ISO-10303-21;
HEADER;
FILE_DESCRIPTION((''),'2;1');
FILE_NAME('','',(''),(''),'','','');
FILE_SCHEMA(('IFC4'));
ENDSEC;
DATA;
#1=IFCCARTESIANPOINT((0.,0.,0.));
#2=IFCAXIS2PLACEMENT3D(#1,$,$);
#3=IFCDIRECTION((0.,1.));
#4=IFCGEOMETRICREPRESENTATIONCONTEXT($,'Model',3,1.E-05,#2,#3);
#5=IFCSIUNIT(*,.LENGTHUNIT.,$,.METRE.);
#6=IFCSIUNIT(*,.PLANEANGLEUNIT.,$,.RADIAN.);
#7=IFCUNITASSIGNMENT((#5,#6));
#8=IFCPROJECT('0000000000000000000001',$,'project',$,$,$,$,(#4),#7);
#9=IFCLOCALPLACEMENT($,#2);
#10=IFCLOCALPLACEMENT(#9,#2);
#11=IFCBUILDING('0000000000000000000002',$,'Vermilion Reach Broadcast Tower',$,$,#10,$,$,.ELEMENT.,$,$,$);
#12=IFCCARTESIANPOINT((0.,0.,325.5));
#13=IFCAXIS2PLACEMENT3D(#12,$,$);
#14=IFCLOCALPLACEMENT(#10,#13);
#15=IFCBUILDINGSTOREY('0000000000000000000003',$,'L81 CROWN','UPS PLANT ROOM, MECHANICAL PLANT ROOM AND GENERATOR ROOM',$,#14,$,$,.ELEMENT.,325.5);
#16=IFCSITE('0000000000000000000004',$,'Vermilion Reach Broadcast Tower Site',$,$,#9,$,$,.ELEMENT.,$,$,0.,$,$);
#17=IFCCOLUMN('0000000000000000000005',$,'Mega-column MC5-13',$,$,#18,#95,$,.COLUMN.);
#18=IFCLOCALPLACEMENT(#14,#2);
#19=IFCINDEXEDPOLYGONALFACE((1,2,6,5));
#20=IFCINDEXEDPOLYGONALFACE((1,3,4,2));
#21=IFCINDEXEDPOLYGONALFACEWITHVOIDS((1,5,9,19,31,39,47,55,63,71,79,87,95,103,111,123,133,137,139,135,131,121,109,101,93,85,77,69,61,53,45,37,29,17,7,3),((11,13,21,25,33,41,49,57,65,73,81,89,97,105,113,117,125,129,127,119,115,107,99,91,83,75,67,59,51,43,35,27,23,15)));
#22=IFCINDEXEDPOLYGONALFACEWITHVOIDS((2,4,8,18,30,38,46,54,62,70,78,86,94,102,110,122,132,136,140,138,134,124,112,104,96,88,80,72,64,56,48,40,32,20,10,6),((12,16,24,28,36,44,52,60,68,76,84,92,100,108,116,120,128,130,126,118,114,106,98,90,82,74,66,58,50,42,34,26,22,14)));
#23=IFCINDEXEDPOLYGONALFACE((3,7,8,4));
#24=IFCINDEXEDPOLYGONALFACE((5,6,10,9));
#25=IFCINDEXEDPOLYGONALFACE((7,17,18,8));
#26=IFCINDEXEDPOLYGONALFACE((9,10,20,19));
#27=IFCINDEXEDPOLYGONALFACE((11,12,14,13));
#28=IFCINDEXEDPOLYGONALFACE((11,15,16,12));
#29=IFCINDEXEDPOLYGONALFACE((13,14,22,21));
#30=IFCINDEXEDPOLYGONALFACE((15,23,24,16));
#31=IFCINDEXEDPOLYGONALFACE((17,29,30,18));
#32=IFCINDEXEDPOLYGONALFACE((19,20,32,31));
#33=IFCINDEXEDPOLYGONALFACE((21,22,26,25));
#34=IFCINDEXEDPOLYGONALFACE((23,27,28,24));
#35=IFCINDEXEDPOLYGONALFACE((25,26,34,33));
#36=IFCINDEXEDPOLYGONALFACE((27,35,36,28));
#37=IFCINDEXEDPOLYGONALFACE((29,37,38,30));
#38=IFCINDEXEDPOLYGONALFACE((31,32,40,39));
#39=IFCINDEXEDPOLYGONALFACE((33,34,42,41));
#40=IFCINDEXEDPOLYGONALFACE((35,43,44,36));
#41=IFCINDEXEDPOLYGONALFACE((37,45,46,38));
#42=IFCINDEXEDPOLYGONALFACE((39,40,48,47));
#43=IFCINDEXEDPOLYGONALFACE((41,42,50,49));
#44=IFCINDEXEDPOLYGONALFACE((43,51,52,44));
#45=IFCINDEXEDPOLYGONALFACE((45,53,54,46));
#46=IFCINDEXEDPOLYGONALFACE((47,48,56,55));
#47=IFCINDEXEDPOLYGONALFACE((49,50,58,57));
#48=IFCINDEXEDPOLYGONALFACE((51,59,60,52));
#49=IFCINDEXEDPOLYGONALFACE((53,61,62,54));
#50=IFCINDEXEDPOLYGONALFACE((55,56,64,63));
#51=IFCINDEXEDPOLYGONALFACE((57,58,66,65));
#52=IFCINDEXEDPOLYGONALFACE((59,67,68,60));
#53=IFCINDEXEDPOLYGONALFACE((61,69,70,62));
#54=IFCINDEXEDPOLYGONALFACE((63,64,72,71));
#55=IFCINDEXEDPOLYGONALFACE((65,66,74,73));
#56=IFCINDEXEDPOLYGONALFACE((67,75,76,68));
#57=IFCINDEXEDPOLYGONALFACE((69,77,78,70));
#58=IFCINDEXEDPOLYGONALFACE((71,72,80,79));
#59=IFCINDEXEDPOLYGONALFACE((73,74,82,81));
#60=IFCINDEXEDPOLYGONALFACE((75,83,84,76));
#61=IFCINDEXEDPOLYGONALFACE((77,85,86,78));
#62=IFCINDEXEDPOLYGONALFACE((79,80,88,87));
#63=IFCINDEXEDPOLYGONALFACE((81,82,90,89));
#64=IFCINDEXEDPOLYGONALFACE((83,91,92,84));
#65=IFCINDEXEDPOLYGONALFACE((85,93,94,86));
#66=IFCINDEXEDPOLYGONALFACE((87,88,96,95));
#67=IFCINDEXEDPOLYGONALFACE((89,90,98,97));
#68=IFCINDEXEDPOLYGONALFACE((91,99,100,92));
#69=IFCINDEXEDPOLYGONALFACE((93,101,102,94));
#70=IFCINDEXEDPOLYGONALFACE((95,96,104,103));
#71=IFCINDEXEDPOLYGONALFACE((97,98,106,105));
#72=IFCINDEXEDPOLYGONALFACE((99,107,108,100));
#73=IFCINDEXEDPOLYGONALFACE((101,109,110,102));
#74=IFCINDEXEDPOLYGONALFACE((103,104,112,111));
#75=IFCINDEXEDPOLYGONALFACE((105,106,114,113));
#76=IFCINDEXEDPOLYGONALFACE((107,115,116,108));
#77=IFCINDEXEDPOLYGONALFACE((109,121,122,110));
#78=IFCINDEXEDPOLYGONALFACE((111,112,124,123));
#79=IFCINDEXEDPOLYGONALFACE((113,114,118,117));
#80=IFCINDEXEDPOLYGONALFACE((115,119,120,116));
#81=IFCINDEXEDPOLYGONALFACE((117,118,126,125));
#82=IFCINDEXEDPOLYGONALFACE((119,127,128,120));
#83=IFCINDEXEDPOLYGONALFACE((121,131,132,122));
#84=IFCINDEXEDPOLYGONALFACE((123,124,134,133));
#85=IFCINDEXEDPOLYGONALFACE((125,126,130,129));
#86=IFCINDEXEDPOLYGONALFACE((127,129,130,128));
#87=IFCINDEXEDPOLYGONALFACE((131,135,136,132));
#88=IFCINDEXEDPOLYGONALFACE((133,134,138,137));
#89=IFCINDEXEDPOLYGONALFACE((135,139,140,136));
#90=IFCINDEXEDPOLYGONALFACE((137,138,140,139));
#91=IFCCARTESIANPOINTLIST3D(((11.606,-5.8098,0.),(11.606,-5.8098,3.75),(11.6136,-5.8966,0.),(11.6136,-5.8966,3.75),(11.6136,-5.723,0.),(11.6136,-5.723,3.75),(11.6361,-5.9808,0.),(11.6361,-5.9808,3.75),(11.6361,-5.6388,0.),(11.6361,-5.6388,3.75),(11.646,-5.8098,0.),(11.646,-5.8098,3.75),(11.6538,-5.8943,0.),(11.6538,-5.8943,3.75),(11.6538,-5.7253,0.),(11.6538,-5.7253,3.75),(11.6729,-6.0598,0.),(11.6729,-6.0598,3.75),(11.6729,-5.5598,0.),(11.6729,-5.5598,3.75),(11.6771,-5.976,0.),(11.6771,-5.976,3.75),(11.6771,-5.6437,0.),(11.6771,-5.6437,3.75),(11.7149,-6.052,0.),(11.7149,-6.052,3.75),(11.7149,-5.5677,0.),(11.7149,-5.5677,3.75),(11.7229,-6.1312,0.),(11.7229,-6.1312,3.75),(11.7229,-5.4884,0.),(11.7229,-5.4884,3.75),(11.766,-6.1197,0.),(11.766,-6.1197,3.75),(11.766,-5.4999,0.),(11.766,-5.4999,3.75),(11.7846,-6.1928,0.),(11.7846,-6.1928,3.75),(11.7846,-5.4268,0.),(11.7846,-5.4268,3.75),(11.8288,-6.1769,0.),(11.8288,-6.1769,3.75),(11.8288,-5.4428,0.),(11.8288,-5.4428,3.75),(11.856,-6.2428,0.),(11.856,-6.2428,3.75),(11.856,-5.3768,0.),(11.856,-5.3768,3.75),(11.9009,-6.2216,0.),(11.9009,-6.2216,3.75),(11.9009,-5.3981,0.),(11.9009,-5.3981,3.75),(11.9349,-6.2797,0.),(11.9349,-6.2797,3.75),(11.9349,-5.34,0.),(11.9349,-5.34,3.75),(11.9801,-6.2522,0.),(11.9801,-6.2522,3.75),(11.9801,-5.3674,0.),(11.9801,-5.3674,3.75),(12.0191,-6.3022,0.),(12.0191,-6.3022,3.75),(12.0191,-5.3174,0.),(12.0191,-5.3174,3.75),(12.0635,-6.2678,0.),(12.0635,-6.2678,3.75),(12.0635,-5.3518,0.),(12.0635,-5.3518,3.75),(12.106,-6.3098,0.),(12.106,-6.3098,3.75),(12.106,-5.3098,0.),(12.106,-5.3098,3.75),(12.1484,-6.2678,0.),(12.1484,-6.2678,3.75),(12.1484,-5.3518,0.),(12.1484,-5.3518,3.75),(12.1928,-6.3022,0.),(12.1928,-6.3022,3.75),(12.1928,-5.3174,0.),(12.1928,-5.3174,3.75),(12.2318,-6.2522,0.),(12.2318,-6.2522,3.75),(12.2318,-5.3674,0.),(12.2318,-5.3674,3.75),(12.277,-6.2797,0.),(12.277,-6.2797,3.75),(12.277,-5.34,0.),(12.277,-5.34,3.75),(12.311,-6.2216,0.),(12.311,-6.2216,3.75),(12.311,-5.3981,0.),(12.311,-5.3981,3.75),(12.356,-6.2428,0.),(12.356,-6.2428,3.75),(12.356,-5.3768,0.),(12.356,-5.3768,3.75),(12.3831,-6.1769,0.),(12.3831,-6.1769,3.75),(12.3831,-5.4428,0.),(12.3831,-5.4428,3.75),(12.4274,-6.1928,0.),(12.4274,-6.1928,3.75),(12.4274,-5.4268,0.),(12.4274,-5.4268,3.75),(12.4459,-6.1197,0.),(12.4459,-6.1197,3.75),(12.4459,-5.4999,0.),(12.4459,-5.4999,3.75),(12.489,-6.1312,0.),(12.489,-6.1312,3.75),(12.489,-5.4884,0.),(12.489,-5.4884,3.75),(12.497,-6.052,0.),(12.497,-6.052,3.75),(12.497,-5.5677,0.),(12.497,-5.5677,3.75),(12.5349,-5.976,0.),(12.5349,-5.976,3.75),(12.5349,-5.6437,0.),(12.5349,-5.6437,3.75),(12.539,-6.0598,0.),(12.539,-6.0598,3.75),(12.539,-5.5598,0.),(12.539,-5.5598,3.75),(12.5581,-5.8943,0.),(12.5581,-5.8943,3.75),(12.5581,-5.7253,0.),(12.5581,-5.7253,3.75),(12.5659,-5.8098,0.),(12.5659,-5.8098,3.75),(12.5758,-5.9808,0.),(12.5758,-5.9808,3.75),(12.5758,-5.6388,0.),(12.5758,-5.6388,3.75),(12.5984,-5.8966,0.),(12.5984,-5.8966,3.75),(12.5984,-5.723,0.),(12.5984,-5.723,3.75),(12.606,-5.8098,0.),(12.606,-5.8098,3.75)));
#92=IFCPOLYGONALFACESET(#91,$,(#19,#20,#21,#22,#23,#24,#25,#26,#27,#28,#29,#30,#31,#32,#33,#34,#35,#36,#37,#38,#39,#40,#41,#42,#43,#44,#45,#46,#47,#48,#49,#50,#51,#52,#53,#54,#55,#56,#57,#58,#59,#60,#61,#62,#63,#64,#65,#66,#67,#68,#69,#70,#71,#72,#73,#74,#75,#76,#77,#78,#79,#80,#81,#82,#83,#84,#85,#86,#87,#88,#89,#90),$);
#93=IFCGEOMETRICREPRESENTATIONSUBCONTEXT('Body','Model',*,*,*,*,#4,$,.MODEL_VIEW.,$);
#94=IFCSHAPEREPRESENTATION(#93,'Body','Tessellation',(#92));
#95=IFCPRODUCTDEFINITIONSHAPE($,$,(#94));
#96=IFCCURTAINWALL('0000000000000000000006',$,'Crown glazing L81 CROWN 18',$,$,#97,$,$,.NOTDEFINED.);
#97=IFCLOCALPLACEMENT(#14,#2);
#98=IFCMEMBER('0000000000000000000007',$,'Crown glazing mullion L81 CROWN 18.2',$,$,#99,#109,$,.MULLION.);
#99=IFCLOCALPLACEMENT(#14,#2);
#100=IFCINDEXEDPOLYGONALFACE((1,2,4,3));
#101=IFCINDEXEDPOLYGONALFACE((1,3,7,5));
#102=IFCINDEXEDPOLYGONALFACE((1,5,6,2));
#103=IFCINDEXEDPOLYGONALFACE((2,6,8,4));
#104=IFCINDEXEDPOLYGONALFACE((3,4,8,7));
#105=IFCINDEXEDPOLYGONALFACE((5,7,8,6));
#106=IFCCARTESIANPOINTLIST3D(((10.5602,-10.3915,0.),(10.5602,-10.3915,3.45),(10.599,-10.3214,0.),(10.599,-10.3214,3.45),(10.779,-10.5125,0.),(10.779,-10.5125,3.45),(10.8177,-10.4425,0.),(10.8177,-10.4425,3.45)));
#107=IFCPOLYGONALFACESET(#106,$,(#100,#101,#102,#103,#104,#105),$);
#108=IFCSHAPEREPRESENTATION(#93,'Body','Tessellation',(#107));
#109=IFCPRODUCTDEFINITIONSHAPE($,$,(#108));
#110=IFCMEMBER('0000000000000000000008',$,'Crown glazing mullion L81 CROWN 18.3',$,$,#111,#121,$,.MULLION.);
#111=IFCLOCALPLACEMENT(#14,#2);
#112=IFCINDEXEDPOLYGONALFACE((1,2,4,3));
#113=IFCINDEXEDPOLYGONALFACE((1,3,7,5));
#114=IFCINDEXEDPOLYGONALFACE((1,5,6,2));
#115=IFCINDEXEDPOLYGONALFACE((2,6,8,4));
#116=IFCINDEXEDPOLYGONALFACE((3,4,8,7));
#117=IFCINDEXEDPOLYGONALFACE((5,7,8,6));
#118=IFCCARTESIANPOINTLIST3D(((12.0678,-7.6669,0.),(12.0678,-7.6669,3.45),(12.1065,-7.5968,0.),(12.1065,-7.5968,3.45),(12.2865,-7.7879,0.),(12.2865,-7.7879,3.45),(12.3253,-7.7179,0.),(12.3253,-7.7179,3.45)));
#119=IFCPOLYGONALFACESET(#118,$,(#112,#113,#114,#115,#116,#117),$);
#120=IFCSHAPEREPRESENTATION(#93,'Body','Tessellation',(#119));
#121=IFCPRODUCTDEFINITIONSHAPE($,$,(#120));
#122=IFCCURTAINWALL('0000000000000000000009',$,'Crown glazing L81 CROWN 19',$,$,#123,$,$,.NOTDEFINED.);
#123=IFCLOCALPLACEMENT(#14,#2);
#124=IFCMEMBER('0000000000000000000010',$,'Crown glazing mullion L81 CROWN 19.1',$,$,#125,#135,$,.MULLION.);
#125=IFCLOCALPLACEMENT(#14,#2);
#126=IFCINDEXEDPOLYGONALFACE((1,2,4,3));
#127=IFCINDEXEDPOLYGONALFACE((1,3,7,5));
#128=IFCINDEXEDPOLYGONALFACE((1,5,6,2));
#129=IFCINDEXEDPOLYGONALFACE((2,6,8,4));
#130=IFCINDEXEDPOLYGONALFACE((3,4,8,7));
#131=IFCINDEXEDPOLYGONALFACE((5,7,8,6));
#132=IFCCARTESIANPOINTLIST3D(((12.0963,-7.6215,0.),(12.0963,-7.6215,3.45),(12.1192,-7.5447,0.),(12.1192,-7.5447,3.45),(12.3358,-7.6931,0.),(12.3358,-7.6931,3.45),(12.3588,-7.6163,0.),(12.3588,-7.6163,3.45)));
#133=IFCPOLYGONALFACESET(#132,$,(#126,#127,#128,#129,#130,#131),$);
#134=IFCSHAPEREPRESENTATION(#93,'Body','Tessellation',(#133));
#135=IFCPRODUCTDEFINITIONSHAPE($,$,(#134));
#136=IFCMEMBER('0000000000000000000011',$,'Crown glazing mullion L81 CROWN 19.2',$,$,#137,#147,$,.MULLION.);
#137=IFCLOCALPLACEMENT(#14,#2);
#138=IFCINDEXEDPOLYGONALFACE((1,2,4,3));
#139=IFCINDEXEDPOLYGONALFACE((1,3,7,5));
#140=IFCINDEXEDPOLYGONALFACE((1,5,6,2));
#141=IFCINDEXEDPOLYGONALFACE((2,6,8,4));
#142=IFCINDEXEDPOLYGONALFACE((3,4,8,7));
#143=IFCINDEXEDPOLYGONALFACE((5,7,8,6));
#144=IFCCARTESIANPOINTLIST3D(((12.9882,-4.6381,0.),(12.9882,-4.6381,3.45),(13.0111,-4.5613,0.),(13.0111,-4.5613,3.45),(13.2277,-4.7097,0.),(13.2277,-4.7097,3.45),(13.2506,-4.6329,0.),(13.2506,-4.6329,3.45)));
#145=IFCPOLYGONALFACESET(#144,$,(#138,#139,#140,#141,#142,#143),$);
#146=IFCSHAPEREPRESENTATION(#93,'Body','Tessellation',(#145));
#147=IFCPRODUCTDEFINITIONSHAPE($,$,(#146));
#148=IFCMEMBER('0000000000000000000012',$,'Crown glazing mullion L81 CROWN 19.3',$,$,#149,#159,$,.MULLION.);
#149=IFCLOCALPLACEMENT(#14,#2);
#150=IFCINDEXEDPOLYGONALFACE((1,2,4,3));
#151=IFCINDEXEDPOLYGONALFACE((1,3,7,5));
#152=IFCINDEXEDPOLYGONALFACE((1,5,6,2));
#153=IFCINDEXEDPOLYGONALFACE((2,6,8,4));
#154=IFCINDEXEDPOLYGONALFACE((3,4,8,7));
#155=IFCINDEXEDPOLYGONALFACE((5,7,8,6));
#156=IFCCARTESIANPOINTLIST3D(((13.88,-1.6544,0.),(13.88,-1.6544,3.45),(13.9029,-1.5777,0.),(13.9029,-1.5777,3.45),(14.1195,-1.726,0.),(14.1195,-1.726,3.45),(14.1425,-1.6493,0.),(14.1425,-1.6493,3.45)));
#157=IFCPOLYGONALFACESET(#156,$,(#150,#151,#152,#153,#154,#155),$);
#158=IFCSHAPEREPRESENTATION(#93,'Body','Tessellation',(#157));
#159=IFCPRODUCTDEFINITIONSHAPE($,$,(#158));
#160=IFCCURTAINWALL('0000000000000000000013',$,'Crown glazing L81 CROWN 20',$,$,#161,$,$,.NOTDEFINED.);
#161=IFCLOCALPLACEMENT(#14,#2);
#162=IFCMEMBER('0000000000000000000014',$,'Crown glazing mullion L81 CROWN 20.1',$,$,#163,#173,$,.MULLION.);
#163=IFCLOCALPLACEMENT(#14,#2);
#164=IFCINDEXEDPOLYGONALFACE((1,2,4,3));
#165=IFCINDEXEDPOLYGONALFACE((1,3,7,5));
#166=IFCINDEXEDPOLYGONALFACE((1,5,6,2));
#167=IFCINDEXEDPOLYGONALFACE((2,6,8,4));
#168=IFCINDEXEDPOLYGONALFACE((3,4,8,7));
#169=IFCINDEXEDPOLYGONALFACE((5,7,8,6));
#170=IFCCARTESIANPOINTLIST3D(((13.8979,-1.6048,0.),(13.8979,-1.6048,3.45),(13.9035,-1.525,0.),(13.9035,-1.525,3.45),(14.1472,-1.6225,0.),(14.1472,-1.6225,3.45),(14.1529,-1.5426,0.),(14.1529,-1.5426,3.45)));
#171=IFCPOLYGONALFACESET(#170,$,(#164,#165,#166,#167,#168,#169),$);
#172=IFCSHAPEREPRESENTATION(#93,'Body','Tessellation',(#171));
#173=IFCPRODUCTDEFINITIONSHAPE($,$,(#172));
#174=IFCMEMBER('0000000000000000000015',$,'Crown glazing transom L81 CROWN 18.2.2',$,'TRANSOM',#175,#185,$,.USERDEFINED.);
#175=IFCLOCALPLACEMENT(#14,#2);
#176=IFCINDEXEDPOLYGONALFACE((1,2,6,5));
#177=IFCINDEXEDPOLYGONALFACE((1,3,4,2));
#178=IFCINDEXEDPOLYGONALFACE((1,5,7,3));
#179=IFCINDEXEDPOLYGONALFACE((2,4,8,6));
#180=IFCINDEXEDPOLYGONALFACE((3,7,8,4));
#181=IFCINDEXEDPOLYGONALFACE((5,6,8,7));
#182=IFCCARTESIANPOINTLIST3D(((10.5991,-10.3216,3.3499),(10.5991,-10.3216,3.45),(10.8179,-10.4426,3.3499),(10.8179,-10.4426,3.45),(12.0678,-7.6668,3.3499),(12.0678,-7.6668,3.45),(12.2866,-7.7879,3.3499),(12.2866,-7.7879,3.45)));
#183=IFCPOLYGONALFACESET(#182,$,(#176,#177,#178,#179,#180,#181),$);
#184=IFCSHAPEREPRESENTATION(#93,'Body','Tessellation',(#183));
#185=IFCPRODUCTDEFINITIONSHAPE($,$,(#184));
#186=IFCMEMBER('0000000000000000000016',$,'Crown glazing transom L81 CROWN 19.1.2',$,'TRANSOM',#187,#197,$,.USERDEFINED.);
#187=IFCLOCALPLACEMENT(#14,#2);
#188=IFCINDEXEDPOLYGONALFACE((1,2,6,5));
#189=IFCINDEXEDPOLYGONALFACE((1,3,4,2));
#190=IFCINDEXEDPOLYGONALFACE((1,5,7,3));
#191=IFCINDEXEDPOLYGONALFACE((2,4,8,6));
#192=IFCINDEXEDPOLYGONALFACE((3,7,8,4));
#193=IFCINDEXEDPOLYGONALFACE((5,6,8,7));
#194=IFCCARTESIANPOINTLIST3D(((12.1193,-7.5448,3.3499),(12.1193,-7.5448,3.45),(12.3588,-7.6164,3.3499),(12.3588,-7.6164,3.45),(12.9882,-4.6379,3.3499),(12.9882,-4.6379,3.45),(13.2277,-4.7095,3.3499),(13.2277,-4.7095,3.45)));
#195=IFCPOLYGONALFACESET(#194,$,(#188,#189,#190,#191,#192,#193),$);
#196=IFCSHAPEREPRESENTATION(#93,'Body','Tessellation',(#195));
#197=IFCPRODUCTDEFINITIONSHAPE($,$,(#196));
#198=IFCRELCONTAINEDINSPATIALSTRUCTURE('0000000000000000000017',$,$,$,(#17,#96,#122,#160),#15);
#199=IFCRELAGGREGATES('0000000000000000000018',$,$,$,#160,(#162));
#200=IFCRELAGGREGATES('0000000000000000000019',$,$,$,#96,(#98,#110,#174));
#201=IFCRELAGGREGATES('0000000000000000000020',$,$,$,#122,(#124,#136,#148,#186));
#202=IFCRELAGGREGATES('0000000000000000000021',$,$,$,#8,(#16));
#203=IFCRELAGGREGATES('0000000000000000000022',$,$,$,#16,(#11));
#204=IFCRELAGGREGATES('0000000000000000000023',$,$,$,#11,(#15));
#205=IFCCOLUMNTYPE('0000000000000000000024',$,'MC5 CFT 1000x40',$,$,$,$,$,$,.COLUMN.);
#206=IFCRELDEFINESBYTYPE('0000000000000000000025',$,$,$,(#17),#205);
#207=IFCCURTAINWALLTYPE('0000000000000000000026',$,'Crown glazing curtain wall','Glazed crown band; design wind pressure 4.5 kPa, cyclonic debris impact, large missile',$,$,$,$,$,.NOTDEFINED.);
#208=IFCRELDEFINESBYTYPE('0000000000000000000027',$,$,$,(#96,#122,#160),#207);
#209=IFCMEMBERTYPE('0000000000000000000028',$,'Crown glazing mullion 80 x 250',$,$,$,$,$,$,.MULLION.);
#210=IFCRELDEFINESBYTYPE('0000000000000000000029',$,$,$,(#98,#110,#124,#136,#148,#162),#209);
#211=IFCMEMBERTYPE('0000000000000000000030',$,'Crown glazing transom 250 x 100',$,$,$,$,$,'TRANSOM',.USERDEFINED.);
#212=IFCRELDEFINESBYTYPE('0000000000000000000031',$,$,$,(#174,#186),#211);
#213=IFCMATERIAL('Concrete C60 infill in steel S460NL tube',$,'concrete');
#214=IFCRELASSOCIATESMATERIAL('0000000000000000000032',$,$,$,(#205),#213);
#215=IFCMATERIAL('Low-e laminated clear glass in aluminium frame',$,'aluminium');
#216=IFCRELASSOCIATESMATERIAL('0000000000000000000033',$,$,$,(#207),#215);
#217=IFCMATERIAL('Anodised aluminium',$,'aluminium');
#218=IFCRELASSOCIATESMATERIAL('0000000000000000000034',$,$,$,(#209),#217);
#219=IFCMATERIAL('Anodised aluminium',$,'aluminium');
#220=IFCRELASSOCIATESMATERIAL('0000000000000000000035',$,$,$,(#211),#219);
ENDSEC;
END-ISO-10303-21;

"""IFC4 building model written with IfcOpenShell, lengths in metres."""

from ifc_helpers import new_model, si_unit, direction, frame, origin, origin_2d, place, context, subcontext, project, spatial, rectangle, hollow_circle, extrude, material, material_profile, profile_set, type_object, element, aggregate, save


model = new_model("IFC4")

# Units and contexts
model_context = context("Model", 3, precision=1e-05, world=origin(), true_north=direction((0.0, 1.0)))
body_context = subcontext(model_context, "Body", "Model", "MODEL_VIEW")
ifc_project = project(units=[si_unit("LENGTHUNIT", "METRE"), si_unit("PLANEANGLEUNIT", "RADIAN")], contexts=[model_context])

# Site, building, storey
site_placement = place(None, origin())
site = spatial("IfcSite", under=ifc_project, at=site_placement, Name="Vermilion Reach Broadcast Tower Site", CompositionType="ELEMENT", RefElevation=0.0)
building_placement = place(site_placement, origin())
building = spatial("IfcBuilding", under=site, at=building_placement, Name="Vermilion Reach Broadcast Tower", CompositionType="ELEMENT")
storey_placement = place(building_placement, frame((0.0, 0.0, 325.5)))
storey = spatial("IfcBuildingStorey", under=building, at=storey_placement, Name="L81 CROWN", Description="UPS PLANT ROOM, MECHANICAL PLANT ROOM AND GENERATOR ROOM", CompositionType="ELEMENT", Elevation=325.5)

# Column
ifc_material_1 = material(Name="Concrete C60 infill in steel S460NL tube", Category="concrete")
ifc_material_profile_1 = material_profile(ifc_material_1, hollow_circle(Radius=0.5, WallThickness=0.04, at=origin_2d()), Name="Concrete C60 infill in steel S460NL tube CFT 1000x40")
ifc_profile_set_1 = profile_set([ifc_material_profile_1], Name="Concrete C60 infill in steel S460NL tube")
column_type = type_object("IfcColumnType", Name="MC5 CFT 1000x40", PredefinedType="COLUMN", material=ifc_profile_set_1)
column_placement = place(storey_placement, frame((12.106, -5.8098, 0.0), z_axis=(0.0, 0.0, 1.0), x_axis=(1.0, 0.0, 0.0)))
element("IfcColumn", 1, at=column_placement, inside=storey, type_object=column_type, Name="Mega-column MC5-13", PredefinedType="COLUMN", context=body_context, shape_type="SweptSolid", body=[
    extrude(hollow_circle(Radius=0.5, WallThickness=0.04, at=origin_2d()), origin(), (0.0, 0.0, 1.0), 3.75),
])

# Curtain walls, members
ifc_material_2 = material(Name="Low-e laminated clear glass in aluminium frame", Category="aluminium")
curtain_wall_type = type_object("IfcCurtainWallType", Name="Crown glazing curtain wall", Description="Glazed crown band; design wind pressure 4.5 kPa, cyclonic debris impact, large missile", PredefinedType="NOTDEFINED", material=ifc_material_2)
placement = place(storey_placement, origin())
curtain_wall_1 = element("IfcCurtainWall", 2, at=placement, inside=storey, type_object=curtain_wall_type, Name="Crown glazing L81 CROWN 18", PredefinedType="NOTDEFINED")
ifc_material_3 = material(Name="Anodised aluminium", Category="aluminium")
ifc_material_profile_2 = material_profile(ifc_material_3, rectangle(XDim=0.25, YDim=0.0801, at=origin_2d()), Name="Crown glazing mullion 80 x 250")
ifc_profile_set_2 = profile_set([ifc_material_profile_2], Name="Anodised aluminium")
member_type_1 = type_object("IfcMemberType", Name="Crown glazing mullion 80 x 250", PredefinedType="MULLION", material=ifc_profile_set_2)
member_1_placement = place(storey_placement, frame((10.689, -10.417, 0.0), z_axis=(0.0, 0.0, 1.0), x_axis=(-0.874983, 0.484153, 0.0)))
member_1 = element("IfcMember", 3, at=member_1_placement, type_object=member_type_1, Name="Crown glazing mullion L81 CROWN 18.2", PredefinedType="MULLION", context=body_context, shape_type="SweptSolid", body=[
    extrude(rectangle(XDim=0.25, YDim=0.0801, at=origin_2d()), origin(), (0.0, 0.0, 1.0), 3.45),
])
member_2_placement = place(storey_placement, frame((12.1965, -7.6924, 0.0), z_axis=(0.0, 0.0, 1.0), x_axis=(-0.874983, 0.484153, 0.0)))
member_2 = element("IfcMember", 4, at=member_2_placement, type_object=member_type_1, Name="Crown glazing mullion L81 CROWN 18.3", PredefinedType="MULLION", context=body_context, shape_type="SweptSolid", body=[
    extrude(rectangle(XDim=0.25, YDim=0.0801, at=origin_2d()), origin(), (0.0, 0.0, 1.0), 3.45),
])
curtain_wall_2 = element("IfcCurtainWall", 5, at=placement, inside=storey, type_object=curtain_wall_type, Name="Crown glazing L81 CROWN 19", PredefinedType="NOTDEFINED")
member_3_placement = place(storey_placement, frame((12.2275, -7.6189, 0.0), z_axis=(0.0, 0.0, 1.0), x_axis=(-0.958108, 0.286407, 0.0)))
member_3 = element("IfcMember", 6, at=member_3_placement, type_object=member_type_1, Name="Crown glazing mullion L81 CROWN 19.1", PredefinedType="MULLION", context=body_context, shape_type="SweptSolid", body=[
    extrude(rectangle(XDim=0.25, YDim=0.0801, at=origin_2d()), origin(), (0.0, 0.0, 1.0), 3.45),
])
member_4_placement = place(storey_placement, frame((13.1194, -4.6355, 0.0), z_axis=(0.0, 0.0, 1.0), x_axis=(-0.958108, 0.286407, 0.0)))
member_4 = element("IfcMember", 7, at=member_4_placement, type_object=member_type_1, Name="Crown glazing mullion L81 CROWN 19.2", PredefinedType="MULLION", context=body_context, shape_type="SweptSolid", body=[
    extrude(rectangle(XDim=0.25, YDim=0.0801, at=origin_2d()), origin(), (0.0, 0.0, 1.0), 3.45),
])
member_5_placement = place(storey_placement, frame((14.0112, -1.6519, 0.0), z_axis=(0.0, 0.0, 1.0), x_axis=(-0.958108, 0.286407, 0.0)))
member_5 = element("IfcMember", 8, at=member_5_placement, type_object=member_type_1, Name="Crown glazing mullion L81 CROWN 19.3", PredefinedType="MULLION", context=body_context, shape_type="SweptSolid", body=[
    extrude(rectangle(XDim=0.25, YDim=0.0801, at=origin_2d()), origin(), (0.0, 0.0, 1.0), 3.45),
])

# Curtain wall, member
curtain_wall_3 = element("IfcCurtainWall", 9, at=placement, inside=storey, type_object=curtain_wall_type, Name="Crown glazing L81 CROWN 20", PredefinedType="NOTDEFINED")
member_6_placement = place(storey_placement, frame((14.0254, -1.5737, 0.0), z_axis=(0.0, 0.0, 1.0), x_axis=(-0.9975, 0.070673, 0.0)))
member_6 = element("IfcMember", 10, at=member_6_placement, type_object=member_type_1, Name="Crown glazing mullion L81 CROWN 20.1", PredefinedType="MULLION", context=body_context, shape_type="SweptSolid", body=[
    extrude(rectangle(XDim=0.25, YDim=0.0801, at=origin_2d()), origin(), (0.0, 0.0, 1.0), 3.45),
])

# Members
ifc_material_4 = material(Name="Anodised aluminium", Category="aluminium")
ifc_material_profile_3 = material_profile(ifc_material_4, rectangle(XDim=0.25, YDim=0.1001, at=origin_2d()), Name="Crown glazing transom 250 x 100")
ifc_profile_set_3 = profile_set([ifc_material_profile_3], Name="Anodised aluminium")
member_type_2 = type_object("IfcMemberType", Name="Crown glazing transom 250 x 100", ElementType="TRANSOM", PredefinedType="USERDEFINED", material=ifc_profile_set_3)
member_7_placement = place(storey_placement, frame((10.7085, -10.3821, 3.3999), z_axis=(0.484098, 0.875014, 0.0), x_axis=(-0.875014, 0.484098, 0.0)))
member_7 = element("IfcMember", 11, at=member_7_placement, type_object=member_type_2, Name="Crown glazing transom L81 CROWN 18.2.2", ObjectType="TRANSOM", PredefinedType="USERDEFINED", context=body_context, shape_type="SweptSolid", body=[
    extrude(rectangle(XDim=0.25, YDim=0.1001, at=origin_2d()), origin(), (0.0, 0.0, 1.0), 3.0339),
])
member_8_placement = place(storey_placement, frame((12.239, -7.5806, 3.3999), z_axis=(0.286403, 0.958109, 0.0), x_axis=(-0.958109, 0.286403, 0.0)))
member_8 = element("IfcMember", 12, at=member_8_placement, type_object=member_type_2, Name="Crown glazing transom L81 CROWN 19.1.2", ObjectType="TRANSOM", PredefinedType="USERDEFINED", context=body_context, shape_type="SweptSolid", body=[
    extrude(rectangle(XDim=0.25, YDim=0.1001, at=origin_2d()), origin(), (0.0, 0.0, 1.0), 3.0339),
])
aggregate(curtain_wall_3, [member_6])

aggregate(curtain_wall_1, [member_1, member_2, member_7])
aggregate(curtain_wall_2, [member_3, member_4, member_5, member_8])

save(model, "model.ifc")
